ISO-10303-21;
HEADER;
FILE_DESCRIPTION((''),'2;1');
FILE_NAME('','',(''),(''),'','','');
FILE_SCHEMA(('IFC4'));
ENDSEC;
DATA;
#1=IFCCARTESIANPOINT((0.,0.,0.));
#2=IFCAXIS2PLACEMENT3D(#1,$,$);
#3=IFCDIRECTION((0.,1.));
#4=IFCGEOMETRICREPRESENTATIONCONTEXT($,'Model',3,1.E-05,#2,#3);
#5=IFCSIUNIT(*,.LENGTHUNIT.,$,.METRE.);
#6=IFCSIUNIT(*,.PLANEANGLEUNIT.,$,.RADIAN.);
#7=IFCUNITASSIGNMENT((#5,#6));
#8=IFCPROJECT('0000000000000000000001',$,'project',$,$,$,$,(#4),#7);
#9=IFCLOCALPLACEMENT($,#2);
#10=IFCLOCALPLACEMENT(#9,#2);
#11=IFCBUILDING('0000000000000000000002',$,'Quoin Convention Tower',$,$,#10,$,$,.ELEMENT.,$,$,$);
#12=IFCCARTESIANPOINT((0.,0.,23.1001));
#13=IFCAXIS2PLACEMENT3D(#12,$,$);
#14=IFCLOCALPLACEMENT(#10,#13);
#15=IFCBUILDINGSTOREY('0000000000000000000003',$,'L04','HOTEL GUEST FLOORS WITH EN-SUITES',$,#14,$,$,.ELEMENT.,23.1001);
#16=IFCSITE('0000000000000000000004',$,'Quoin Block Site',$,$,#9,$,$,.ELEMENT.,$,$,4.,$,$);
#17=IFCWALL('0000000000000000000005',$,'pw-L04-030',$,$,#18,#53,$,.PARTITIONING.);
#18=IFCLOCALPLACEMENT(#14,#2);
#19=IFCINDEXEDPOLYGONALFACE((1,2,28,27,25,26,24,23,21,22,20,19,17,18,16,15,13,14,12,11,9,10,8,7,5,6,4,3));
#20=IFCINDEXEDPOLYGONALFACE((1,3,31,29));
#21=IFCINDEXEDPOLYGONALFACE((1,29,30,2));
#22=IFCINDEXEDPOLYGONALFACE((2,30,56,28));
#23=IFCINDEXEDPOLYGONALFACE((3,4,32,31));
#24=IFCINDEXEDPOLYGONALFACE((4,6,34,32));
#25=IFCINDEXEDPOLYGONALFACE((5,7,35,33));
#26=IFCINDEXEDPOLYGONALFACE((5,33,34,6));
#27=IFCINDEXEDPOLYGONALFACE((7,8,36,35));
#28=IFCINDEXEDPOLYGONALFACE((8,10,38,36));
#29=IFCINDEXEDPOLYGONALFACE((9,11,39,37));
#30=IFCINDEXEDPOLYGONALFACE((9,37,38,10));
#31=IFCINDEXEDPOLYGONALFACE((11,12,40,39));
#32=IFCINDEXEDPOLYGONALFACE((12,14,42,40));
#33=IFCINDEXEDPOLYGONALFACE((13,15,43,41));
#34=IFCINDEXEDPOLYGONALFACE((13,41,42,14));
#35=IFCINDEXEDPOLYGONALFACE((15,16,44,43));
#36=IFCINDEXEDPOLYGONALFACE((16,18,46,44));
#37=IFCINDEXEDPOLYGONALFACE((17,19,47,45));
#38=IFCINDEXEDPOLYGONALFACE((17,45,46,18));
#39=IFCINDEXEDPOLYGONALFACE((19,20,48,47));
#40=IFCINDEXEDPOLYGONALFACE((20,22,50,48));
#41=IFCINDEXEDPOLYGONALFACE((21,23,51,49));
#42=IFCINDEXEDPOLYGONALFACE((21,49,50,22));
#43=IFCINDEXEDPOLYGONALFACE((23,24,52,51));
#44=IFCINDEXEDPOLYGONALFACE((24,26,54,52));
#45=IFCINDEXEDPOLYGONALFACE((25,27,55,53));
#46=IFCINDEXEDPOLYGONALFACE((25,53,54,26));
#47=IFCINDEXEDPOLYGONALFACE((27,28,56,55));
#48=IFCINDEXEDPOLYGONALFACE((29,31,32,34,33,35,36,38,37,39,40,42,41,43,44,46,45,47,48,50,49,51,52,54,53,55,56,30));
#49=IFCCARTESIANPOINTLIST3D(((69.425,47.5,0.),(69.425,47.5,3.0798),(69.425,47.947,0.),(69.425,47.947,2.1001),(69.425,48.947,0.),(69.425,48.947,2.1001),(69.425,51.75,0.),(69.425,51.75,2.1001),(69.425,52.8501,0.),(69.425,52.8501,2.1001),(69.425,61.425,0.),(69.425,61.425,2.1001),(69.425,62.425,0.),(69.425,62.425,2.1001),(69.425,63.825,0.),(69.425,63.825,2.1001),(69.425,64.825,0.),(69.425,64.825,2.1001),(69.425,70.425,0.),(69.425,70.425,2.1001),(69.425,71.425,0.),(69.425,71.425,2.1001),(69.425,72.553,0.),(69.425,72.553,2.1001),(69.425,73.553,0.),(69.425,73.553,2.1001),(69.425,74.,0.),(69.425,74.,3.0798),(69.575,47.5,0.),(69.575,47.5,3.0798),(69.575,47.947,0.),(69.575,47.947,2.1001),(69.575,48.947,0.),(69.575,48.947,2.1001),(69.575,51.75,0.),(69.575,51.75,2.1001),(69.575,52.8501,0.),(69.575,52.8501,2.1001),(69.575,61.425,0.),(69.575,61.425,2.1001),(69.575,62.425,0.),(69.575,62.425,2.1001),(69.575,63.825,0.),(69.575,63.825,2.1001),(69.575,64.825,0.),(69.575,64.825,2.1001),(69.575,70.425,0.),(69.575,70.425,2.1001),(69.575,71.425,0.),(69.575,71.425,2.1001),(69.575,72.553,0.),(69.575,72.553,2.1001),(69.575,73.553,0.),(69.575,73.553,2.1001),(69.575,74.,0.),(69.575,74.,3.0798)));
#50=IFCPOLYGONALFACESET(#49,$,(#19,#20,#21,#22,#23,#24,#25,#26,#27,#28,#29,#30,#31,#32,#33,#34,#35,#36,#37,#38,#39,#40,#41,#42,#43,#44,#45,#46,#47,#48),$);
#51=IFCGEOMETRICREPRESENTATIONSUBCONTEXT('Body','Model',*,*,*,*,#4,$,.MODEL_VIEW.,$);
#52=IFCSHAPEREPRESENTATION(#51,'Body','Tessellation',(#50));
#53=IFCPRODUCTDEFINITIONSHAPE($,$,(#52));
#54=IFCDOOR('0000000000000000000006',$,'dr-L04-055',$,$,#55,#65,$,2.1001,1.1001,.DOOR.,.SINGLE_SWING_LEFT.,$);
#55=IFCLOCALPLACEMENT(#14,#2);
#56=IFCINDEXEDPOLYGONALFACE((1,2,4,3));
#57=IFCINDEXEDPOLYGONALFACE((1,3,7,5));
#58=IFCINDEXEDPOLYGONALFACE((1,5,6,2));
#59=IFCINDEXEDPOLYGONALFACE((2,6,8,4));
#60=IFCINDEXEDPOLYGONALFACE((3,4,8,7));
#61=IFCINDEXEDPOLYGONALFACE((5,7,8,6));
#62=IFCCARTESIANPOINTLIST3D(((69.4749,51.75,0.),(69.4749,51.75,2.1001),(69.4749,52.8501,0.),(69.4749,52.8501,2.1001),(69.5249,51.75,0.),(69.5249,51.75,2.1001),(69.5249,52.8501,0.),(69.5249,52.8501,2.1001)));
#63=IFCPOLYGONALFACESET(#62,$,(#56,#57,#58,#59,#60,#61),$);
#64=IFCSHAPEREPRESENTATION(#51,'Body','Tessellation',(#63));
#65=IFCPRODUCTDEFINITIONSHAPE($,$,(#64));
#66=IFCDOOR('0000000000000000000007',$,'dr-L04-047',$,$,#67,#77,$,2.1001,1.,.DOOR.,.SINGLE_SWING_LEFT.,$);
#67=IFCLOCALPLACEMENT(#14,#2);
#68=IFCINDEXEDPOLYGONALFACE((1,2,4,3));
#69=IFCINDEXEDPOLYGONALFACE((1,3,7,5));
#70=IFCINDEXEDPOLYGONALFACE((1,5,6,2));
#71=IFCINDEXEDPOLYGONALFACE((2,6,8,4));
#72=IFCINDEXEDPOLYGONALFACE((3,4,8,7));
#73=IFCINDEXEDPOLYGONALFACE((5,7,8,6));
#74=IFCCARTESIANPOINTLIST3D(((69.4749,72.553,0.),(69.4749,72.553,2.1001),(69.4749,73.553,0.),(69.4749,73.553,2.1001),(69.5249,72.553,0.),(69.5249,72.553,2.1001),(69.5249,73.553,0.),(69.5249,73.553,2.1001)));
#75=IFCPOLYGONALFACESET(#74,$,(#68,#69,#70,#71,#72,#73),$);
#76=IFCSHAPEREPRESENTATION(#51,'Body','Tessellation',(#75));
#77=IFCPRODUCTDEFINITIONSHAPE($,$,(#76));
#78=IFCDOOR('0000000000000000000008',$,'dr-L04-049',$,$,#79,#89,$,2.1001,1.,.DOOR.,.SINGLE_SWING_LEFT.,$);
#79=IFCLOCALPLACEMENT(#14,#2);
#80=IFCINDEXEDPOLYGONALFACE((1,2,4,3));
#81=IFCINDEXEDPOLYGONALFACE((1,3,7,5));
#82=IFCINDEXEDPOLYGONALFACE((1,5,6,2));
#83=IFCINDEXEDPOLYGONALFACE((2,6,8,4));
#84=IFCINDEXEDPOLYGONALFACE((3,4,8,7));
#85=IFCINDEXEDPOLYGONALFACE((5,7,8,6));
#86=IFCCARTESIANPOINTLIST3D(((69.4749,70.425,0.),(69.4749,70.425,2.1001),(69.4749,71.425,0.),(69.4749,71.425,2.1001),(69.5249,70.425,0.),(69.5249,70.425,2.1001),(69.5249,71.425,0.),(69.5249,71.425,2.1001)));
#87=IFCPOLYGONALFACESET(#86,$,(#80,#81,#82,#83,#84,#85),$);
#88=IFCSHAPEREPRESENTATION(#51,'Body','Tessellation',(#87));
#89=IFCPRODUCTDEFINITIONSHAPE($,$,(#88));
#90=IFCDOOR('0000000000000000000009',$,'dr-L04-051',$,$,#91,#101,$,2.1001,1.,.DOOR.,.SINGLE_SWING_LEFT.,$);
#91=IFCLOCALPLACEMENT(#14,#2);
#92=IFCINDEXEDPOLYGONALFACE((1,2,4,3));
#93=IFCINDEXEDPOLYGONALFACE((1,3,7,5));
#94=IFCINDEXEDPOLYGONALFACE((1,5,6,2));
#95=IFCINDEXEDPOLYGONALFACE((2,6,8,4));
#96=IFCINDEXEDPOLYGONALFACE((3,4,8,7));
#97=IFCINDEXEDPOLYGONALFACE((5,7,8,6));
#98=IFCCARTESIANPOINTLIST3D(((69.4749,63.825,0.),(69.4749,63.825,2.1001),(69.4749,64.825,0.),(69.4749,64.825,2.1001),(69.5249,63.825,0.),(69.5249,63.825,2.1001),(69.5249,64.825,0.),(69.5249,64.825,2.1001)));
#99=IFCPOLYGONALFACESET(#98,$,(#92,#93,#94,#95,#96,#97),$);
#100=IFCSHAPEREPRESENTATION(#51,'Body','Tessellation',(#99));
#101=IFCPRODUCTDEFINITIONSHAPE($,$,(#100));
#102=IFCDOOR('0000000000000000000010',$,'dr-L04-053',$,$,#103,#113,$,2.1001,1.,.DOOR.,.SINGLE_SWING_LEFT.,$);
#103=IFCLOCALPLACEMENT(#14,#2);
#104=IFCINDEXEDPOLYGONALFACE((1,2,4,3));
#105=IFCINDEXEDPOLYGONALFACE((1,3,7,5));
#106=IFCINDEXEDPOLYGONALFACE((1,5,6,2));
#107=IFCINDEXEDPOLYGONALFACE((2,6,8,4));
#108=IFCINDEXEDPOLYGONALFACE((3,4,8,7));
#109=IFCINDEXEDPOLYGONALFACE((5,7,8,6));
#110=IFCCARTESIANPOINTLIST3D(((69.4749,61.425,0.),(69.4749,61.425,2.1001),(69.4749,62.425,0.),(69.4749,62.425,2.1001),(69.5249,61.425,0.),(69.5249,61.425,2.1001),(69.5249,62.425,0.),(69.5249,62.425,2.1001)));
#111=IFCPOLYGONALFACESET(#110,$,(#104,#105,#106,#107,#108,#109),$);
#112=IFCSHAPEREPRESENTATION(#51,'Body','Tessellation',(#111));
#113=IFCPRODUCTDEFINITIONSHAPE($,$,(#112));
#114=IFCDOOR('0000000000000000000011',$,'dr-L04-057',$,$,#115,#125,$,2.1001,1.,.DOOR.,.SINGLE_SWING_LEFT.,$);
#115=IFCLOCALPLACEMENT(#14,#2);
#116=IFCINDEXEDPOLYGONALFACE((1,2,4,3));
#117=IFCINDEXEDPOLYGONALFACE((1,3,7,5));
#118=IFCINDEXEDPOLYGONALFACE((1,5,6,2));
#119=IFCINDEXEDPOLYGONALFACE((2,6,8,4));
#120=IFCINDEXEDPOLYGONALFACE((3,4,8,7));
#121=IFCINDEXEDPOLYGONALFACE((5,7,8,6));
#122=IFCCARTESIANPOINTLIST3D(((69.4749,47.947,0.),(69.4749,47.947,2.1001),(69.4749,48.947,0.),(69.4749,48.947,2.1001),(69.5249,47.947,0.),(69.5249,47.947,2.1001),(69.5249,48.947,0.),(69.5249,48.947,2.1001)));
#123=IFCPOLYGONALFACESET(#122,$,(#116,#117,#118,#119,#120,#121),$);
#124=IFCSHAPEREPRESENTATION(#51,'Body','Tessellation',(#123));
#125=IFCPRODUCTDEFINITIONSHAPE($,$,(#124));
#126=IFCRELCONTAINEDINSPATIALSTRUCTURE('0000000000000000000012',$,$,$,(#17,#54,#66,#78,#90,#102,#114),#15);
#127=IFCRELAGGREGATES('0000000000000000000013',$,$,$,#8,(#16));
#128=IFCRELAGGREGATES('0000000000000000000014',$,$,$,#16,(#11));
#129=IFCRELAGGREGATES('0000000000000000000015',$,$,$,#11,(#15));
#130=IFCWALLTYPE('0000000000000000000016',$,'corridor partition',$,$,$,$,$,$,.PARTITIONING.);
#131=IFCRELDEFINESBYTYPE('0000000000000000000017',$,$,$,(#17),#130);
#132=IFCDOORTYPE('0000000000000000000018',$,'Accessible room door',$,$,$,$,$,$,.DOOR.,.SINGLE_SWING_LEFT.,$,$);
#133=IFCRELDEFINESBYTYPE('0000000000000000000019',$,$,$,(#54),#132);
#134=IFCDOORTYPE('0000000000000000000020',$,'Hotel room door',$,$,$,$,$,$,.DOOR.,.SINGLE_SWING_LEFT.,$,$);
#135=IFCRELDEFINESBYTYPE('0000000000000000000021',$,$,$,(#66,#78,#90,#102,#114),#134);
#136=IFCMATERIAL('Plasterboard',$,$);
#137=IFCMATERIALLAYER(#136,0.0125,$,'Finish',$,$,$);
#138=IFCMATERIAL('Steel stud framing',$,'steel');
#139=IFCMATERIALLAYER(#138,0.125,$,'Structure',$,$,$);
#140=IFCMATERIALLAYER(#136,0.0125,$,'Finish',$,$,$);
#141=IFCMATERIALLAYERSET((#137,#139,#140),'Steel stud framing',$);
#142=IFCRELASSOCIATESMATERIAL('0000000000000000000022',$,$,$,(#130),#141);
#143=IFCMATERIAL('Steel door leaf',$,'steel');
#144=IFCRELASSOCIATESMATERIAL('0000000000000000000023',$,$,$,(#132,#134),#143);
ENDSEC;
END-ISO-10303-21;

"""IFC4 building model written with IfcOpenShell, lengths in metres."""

from ifc_helpers import new_model, si_unit, direction, frame, frame_2d, origin, place, context, subcontext, project, spatial, rectangle, extrude, material, layer, layer_set, type_object, element, fill, save


model = new_model("IFC4")

# Units and contexts
model_context = context("Model", 3, precision=1e-05, world=origin(), true_north=direction((0.0, 1.0)))
body_context = subcontext(model_context, "Body", "Model", "MODEL_VIEW")
ifc_project = project(units=[si_unit("LENGTHUNIT", "METRE"), si_unit("PLANEANGLEUNIT", "RADIAN")], contexts=[model_context])

# Site, building, storey
site_placement = place(None, origin())
site = spatial("IfcSite", under=ifc_project, at=site_placement, Name="Quoin Block Site", CompositionType="ELEMENT", RefElevation=4.0)
building_placement = place(site_placement, origin())
building = spatial("IfcBuilding", under=site, at=building_placement, Name="Quoin Convention Tower", CompositionType="ELEMENT")
storey_placement = place(building_placement, frame((0.0, 0.0, 23.1001)))
storey = spatial("IfcBuildingStorey", under=building, at=storey_placement, Name="L04", Description="HOTEL GUEST FLOORS WITH EN-SUITES", CompositionType="ELEMENT", Elevation=23.1001)

# Shared definitions
ifc_material_1 = material(Name="Steel door leaf", Category="steel")

# Wall, openings, doors
ifc_material_2 = material(Name="Plasterboard")
ifc_layer_1 = layer(ifc_material_2, 0.0125, Name="Finish")
ifc_material_3 = material(Name="Steel stud framing", Category="steel")
ifc_layer_2 = layer(ifc_material_3, 0.125, Name="Structure")
ifc_layer_3 = layer(ifc_material_2, 0.0125, Name="Finish")
ifc_layer_set_1 = layer_set([ifc_layer_1, ifc_layer_2, ifc_layer_3], Name="Steel stud framing")
wall_type_1 = type_object("IfcWallType", Name="corridor partition", PredefinedType="PARTITIONING", material=ifc_layer_set_1)
wall_1_placement = place(storey_placement, frame((69.5, 47.5, 0.0), z_axis=(0.0, 0.0, 1.0), x_axis=(0.0, 1.0, 0.0)))
wall_1 = element("IfcWall", 1, at=wall_1_placement, inside=storey, type_object=wall_type_1, Name="pw-L04-030", PredefinedType="PARTITIONING", context=body_context, shape_type="SweptSolid", body=[
    extrude(rectangle(XDim=26.5, YDim=0.1499, at=frame_2d((13.25, 0.0))), origin(), (0.0, 0.0, 1.0), 3.0798),
])
opening_1_placement = place(wall_1_placement, frame((25.053, 0.0, 0.0)))
opening_1 = element("IfcOpeningElement", 2, at=opening_1_placement, cuts=wall_1, PredefinedType="OPENING", context=body_context, shape_type="SweptSolid", body=[
    extrude(rectangle(XDim=1.0, YDim=2.1001, at=frame_2d((0.5, 1.05))), frame((0.0, 0.085, 0.0), z_axis=(0.0, -1.0, 0.0), x_axis=(1.0, 0.0, 0.0)), (0.0, 0.0, 1.0), 0.1699),
])
opening_2_placement = place(wall_1_placement, frame((22.925, 0.0, 0.0)))
opening_2 = element("IfcOpeningElement", 3, at=opening_2_placement, cuts=wall_1, PredefinedType="OPENING", context=body_context, shape_type="SweptSolid", body=[
    extrude(rectangle(XDim=1.0, YDim=2.1001, at=frame_2d((0.5, 1.05))), frame((0.0, 0.085, 0.0), z_axis=(0.0, -1.0, 0.0), x_axis=(1.0, 0.0, 0.0)), (0.0, 0.0, 1.0), 0.1699),
])
opening_3_placement = place(wall_1_placement, frame((16.325, 0.0, 0.0)))
opening_3 = element("IfcOpeningElement", 4, at=opening_3_placement, cuts=wall_1, PredefinedType="OPENING", context=body_context, shape_type="SweptSolid", body=[
    extrude(rectangle(XDim=1.0, YDim=2.1001, at=frame_2d((0.5, 1.05))), frame((0.0, 0.085, 0.0), z_axis=(0.0, -1.0, 0.0), x_axis=(1.0, 0.0, 0.0)), (0.0, 0.0, 1.0), 0.1699),
])
opening_4_placement = place(wall_1_placement, frame((13.925, 0.0, 0.0)))
opening_4 = element("IfcOpeningElement", 5, at=opening_4_placement, cuts=wall_1, PredefinedType="OPENING", context=body_context, shape_type="SweptSolid", body=[
    extrude(rectangle(XDim=1.0, YDim=2.1001, at=frame_2d((0.5, 1.05))), frame((0.0, 0.085, 0.0), z_axis=(0.0, -1.0, 0.0), x_axis=(1.0, 0.0, 0.0)), (0.0, 0.0, 1.0), 0.1699),
])
opening_5_placement = place(wall_1_placement, frame((4.25, 0.0, 0.0)))
opening_5 = element("IfcOpeningElement", 6, at=opening_5_placement, cuts=wall_1, PredefinedType="OPENING", context=body_context, shape_type="SweptSolid", body=[
    extrude(rectangle(XDim=1.1001, YDim=2.1001, at=frame_2d((0.55, 1.05))), frame((0.0, 0.085, 0.0), z_axis=(0.0, -1.0, 0.0), x_axis=(1.0, 0.0, 0.0)), (0.0, 0.0, 1.0), 0.1699),
])
opening_6_placement = place(wall_1_placement, frame((0.447, 0.0, 0.0)))
opening_6 = element("IfcOpeningElement", 7, at=opening_6_placement, cuts=wall_1, PredefinedType="OPENING", context=body_context, shape_type="SweptSolid", body=[
    extrude(rectangle(XDim=1.0, YDim=2.1001, at=frame_2d((0.5, 1.05))), frame((0.0, 0.085, 0.0), z_axis=(0.0, -1.0, 0.0), x_axis=(1.0, 0.0, 0.0)), (0.0, 0.0, 1.0), 0.1699),
])
door_type_1 = type_object("IfcDoorType", Name="Accessible room door", OperationType="SINGLE_SWING_LEFT", PredefinedType="DOOR", material=ifc_material_1)
door_1_placement = place(opening_5_placement, frame((1.1001, 0.0, 0.0), z_axis=(0.0, 0.0, 1.0), x_axis=(-1.0, 0.0, 0.0)))
door_1 = element("IfcDoor", 8, at=door_1_placement, inside=storey, type_object=door_type_1, Name="dr-L04-055", OperationType="SINGLE_SWING_LEFT", OverallHeight=2.1001, OverallWidth=1.1001, PredefinedType="DOOR", context=body_context, shape_type="SweptSolid", body=[
    extrude(rectangle(XDim=1.1001, YDim=2.1001, at=frame_2d((0.55, 1.05))), frame((0.0, 0.0249, 0.0), z_axis=(0.0, -1.0, 0.0), x_axis=(1.0, 0.0, 0.0)), (0.0, 0.0, 1.0), 0.05),
])
fill(opening_5, door_1)
door_type_2 = type_object("IfcDoorType", Name="Hotel room door", OperationType="SINGLE_SWING_LEFT", PredefinedType="DOOR", material=ifc_material_1)
door_2_placement = place(opening_1_placement, frame((1.0, 0.0, 0.0), z_axis=(0.0, 0.0, 1.0), x_axis=(-1.0, 0.0, 0.0)))
door_2 = element("IfcDoor", 9, at=door_2_placement, inside=storey, type_object=door_type_2, Name="dr-L04-047", OperationType="SINGLE_SWING_LEFT", OverallHeight=2.1001, OverallWidth=1.0, PredefinedType="DOOR", context=body_context, shape_type="SweptSolid", body=[
    extrude(rectangle(XDim=1.0, YDim=2.1001, at=frame_2d((0.5, 1.05))), frame((0.0, 0.0249, 0.0), z_axis=(0.0, -1.0, 0.0), x_axis=(1.0, 0.0, 0.0)), (0.0, 0.0, 1.0), 0.05),
])
fill(opening_1, door_2)
door_3_placement = place(opening_2_placement, frame((1.0, 0.0, 0.0), z_axis=(0.0, 0.0, 1.0), x_axis=(-1.0, 0.0, 0.0)))
door_3 = element("IfcDoor", 10, at=door_3_placement, inside=storey, type_object=door_type_2, Name="dr-L04-049", OperationType="SINGLE_SWING_LEFT", OverallHeight=2.1001, OverallWidth=1.0, PredefinedType="DOOR", context=body_context, shape_type="SweptSolid", body=[
    extrude(rectangle(XDim=1.0, YDim=2.1001, at=frame_2d((0.5, 1.05))), frame((0.0, 0.0249, 0.0), z_axis=(0.0, -1.0, 0.0), x_axis=(1.0, 0.0, 0.0)), (0.0, 0.0, 1.0), 0.05),
])
fill(opening_2, door_3)
door_4_placement = place(opening_3_placement, frame((1.0, 0.0, 0.0), z_axis=(0.0, 0.0, 1.0), x_axis=(-1.0, 0.0, 0.0)))
door_4 = element("IfcDoor", 11, at=door_4_placement, inside=storey, type_object=door_type_2, Name="dr-L04-051", OperationType="SINGLE_SWING_LEFT", OverallHeight=2.1001, OverallWidth=1.0, PredefinedType="DOOR", context=body_context, shape_type="SweptSolid", body=[
    extrude(rectangle(XDim=1.0, YDim=2.1001, at=frame_2d((0.5, 1.05))), frame((0.0, 0.0249, 0.0), z_axis=(0.0, -1.0, 0.0), x_axis=(1.0, 0.0, 0.0)), (0.0, 0.0, 1.0), 0.05),
])
fill(opening_3, door_4)
door_5_placement = place(opening_4_placement, frame((1.0, 0.0, 0.0), z_axis=(0.0, 0.0, 1.0), x_axis=(-1.0, 0.0, 0.0)))
door_5 = element("IfcDoor", 12, at=door_5_placement, inside=storey, type_object=door_type_2, Name="dr-L04-053", OperationType="SINGLE_SWING_LEFT", OverallHeight=2.1001, OverallWidth=1.0, PredefinedType="DOOR", context=body_context, shape_type="SweptSolid", body=[
    extrude(rectangle(XDim=1.0, YDim=2.1001, at=frame_2d((0.5, 1.05))), frame((0.0, 0.0249, 0.0), z_axis=(0.0, -1.0, 0.0), x_axis=(1.0, 0.0, 0.0)), (0.0, 0.0, 1.0), 0.05),
])
fill(opening_4, door_5)
door_6_placement = place(opening_6_placement, frame((1.0, 0.0, 0.0), z_axis=(0.0, 0.0, 1.0), x_axis=(-1.0, 0.0, 0.0)))
door_6 = element("IfcDoor", 13, at=door_6_placement, inside=storey, type_object=door_type_2, Name="dr-L04-057", OperationType="SINGLE_SWING_LEFT", OverallHeight=2.1001, OverallWidth=1.0, PredefinedType="DOOR", context=body_context, shape_type="SweptSolid", body=[
    extrude(rectangle(XDim=1.0, YDim=2.1001, at=frame_2d((0.5, 1.05))), frame((0.0, 0.0249, 0.0), z_axis=(0.0, -1.0, 0.0), x_axis=(1.0, 0.0, 0.0)), (0.0, 0.0, 1.0), 0.05),
])
fill(opening_6, door_6)

save(model, "model.ifc")
